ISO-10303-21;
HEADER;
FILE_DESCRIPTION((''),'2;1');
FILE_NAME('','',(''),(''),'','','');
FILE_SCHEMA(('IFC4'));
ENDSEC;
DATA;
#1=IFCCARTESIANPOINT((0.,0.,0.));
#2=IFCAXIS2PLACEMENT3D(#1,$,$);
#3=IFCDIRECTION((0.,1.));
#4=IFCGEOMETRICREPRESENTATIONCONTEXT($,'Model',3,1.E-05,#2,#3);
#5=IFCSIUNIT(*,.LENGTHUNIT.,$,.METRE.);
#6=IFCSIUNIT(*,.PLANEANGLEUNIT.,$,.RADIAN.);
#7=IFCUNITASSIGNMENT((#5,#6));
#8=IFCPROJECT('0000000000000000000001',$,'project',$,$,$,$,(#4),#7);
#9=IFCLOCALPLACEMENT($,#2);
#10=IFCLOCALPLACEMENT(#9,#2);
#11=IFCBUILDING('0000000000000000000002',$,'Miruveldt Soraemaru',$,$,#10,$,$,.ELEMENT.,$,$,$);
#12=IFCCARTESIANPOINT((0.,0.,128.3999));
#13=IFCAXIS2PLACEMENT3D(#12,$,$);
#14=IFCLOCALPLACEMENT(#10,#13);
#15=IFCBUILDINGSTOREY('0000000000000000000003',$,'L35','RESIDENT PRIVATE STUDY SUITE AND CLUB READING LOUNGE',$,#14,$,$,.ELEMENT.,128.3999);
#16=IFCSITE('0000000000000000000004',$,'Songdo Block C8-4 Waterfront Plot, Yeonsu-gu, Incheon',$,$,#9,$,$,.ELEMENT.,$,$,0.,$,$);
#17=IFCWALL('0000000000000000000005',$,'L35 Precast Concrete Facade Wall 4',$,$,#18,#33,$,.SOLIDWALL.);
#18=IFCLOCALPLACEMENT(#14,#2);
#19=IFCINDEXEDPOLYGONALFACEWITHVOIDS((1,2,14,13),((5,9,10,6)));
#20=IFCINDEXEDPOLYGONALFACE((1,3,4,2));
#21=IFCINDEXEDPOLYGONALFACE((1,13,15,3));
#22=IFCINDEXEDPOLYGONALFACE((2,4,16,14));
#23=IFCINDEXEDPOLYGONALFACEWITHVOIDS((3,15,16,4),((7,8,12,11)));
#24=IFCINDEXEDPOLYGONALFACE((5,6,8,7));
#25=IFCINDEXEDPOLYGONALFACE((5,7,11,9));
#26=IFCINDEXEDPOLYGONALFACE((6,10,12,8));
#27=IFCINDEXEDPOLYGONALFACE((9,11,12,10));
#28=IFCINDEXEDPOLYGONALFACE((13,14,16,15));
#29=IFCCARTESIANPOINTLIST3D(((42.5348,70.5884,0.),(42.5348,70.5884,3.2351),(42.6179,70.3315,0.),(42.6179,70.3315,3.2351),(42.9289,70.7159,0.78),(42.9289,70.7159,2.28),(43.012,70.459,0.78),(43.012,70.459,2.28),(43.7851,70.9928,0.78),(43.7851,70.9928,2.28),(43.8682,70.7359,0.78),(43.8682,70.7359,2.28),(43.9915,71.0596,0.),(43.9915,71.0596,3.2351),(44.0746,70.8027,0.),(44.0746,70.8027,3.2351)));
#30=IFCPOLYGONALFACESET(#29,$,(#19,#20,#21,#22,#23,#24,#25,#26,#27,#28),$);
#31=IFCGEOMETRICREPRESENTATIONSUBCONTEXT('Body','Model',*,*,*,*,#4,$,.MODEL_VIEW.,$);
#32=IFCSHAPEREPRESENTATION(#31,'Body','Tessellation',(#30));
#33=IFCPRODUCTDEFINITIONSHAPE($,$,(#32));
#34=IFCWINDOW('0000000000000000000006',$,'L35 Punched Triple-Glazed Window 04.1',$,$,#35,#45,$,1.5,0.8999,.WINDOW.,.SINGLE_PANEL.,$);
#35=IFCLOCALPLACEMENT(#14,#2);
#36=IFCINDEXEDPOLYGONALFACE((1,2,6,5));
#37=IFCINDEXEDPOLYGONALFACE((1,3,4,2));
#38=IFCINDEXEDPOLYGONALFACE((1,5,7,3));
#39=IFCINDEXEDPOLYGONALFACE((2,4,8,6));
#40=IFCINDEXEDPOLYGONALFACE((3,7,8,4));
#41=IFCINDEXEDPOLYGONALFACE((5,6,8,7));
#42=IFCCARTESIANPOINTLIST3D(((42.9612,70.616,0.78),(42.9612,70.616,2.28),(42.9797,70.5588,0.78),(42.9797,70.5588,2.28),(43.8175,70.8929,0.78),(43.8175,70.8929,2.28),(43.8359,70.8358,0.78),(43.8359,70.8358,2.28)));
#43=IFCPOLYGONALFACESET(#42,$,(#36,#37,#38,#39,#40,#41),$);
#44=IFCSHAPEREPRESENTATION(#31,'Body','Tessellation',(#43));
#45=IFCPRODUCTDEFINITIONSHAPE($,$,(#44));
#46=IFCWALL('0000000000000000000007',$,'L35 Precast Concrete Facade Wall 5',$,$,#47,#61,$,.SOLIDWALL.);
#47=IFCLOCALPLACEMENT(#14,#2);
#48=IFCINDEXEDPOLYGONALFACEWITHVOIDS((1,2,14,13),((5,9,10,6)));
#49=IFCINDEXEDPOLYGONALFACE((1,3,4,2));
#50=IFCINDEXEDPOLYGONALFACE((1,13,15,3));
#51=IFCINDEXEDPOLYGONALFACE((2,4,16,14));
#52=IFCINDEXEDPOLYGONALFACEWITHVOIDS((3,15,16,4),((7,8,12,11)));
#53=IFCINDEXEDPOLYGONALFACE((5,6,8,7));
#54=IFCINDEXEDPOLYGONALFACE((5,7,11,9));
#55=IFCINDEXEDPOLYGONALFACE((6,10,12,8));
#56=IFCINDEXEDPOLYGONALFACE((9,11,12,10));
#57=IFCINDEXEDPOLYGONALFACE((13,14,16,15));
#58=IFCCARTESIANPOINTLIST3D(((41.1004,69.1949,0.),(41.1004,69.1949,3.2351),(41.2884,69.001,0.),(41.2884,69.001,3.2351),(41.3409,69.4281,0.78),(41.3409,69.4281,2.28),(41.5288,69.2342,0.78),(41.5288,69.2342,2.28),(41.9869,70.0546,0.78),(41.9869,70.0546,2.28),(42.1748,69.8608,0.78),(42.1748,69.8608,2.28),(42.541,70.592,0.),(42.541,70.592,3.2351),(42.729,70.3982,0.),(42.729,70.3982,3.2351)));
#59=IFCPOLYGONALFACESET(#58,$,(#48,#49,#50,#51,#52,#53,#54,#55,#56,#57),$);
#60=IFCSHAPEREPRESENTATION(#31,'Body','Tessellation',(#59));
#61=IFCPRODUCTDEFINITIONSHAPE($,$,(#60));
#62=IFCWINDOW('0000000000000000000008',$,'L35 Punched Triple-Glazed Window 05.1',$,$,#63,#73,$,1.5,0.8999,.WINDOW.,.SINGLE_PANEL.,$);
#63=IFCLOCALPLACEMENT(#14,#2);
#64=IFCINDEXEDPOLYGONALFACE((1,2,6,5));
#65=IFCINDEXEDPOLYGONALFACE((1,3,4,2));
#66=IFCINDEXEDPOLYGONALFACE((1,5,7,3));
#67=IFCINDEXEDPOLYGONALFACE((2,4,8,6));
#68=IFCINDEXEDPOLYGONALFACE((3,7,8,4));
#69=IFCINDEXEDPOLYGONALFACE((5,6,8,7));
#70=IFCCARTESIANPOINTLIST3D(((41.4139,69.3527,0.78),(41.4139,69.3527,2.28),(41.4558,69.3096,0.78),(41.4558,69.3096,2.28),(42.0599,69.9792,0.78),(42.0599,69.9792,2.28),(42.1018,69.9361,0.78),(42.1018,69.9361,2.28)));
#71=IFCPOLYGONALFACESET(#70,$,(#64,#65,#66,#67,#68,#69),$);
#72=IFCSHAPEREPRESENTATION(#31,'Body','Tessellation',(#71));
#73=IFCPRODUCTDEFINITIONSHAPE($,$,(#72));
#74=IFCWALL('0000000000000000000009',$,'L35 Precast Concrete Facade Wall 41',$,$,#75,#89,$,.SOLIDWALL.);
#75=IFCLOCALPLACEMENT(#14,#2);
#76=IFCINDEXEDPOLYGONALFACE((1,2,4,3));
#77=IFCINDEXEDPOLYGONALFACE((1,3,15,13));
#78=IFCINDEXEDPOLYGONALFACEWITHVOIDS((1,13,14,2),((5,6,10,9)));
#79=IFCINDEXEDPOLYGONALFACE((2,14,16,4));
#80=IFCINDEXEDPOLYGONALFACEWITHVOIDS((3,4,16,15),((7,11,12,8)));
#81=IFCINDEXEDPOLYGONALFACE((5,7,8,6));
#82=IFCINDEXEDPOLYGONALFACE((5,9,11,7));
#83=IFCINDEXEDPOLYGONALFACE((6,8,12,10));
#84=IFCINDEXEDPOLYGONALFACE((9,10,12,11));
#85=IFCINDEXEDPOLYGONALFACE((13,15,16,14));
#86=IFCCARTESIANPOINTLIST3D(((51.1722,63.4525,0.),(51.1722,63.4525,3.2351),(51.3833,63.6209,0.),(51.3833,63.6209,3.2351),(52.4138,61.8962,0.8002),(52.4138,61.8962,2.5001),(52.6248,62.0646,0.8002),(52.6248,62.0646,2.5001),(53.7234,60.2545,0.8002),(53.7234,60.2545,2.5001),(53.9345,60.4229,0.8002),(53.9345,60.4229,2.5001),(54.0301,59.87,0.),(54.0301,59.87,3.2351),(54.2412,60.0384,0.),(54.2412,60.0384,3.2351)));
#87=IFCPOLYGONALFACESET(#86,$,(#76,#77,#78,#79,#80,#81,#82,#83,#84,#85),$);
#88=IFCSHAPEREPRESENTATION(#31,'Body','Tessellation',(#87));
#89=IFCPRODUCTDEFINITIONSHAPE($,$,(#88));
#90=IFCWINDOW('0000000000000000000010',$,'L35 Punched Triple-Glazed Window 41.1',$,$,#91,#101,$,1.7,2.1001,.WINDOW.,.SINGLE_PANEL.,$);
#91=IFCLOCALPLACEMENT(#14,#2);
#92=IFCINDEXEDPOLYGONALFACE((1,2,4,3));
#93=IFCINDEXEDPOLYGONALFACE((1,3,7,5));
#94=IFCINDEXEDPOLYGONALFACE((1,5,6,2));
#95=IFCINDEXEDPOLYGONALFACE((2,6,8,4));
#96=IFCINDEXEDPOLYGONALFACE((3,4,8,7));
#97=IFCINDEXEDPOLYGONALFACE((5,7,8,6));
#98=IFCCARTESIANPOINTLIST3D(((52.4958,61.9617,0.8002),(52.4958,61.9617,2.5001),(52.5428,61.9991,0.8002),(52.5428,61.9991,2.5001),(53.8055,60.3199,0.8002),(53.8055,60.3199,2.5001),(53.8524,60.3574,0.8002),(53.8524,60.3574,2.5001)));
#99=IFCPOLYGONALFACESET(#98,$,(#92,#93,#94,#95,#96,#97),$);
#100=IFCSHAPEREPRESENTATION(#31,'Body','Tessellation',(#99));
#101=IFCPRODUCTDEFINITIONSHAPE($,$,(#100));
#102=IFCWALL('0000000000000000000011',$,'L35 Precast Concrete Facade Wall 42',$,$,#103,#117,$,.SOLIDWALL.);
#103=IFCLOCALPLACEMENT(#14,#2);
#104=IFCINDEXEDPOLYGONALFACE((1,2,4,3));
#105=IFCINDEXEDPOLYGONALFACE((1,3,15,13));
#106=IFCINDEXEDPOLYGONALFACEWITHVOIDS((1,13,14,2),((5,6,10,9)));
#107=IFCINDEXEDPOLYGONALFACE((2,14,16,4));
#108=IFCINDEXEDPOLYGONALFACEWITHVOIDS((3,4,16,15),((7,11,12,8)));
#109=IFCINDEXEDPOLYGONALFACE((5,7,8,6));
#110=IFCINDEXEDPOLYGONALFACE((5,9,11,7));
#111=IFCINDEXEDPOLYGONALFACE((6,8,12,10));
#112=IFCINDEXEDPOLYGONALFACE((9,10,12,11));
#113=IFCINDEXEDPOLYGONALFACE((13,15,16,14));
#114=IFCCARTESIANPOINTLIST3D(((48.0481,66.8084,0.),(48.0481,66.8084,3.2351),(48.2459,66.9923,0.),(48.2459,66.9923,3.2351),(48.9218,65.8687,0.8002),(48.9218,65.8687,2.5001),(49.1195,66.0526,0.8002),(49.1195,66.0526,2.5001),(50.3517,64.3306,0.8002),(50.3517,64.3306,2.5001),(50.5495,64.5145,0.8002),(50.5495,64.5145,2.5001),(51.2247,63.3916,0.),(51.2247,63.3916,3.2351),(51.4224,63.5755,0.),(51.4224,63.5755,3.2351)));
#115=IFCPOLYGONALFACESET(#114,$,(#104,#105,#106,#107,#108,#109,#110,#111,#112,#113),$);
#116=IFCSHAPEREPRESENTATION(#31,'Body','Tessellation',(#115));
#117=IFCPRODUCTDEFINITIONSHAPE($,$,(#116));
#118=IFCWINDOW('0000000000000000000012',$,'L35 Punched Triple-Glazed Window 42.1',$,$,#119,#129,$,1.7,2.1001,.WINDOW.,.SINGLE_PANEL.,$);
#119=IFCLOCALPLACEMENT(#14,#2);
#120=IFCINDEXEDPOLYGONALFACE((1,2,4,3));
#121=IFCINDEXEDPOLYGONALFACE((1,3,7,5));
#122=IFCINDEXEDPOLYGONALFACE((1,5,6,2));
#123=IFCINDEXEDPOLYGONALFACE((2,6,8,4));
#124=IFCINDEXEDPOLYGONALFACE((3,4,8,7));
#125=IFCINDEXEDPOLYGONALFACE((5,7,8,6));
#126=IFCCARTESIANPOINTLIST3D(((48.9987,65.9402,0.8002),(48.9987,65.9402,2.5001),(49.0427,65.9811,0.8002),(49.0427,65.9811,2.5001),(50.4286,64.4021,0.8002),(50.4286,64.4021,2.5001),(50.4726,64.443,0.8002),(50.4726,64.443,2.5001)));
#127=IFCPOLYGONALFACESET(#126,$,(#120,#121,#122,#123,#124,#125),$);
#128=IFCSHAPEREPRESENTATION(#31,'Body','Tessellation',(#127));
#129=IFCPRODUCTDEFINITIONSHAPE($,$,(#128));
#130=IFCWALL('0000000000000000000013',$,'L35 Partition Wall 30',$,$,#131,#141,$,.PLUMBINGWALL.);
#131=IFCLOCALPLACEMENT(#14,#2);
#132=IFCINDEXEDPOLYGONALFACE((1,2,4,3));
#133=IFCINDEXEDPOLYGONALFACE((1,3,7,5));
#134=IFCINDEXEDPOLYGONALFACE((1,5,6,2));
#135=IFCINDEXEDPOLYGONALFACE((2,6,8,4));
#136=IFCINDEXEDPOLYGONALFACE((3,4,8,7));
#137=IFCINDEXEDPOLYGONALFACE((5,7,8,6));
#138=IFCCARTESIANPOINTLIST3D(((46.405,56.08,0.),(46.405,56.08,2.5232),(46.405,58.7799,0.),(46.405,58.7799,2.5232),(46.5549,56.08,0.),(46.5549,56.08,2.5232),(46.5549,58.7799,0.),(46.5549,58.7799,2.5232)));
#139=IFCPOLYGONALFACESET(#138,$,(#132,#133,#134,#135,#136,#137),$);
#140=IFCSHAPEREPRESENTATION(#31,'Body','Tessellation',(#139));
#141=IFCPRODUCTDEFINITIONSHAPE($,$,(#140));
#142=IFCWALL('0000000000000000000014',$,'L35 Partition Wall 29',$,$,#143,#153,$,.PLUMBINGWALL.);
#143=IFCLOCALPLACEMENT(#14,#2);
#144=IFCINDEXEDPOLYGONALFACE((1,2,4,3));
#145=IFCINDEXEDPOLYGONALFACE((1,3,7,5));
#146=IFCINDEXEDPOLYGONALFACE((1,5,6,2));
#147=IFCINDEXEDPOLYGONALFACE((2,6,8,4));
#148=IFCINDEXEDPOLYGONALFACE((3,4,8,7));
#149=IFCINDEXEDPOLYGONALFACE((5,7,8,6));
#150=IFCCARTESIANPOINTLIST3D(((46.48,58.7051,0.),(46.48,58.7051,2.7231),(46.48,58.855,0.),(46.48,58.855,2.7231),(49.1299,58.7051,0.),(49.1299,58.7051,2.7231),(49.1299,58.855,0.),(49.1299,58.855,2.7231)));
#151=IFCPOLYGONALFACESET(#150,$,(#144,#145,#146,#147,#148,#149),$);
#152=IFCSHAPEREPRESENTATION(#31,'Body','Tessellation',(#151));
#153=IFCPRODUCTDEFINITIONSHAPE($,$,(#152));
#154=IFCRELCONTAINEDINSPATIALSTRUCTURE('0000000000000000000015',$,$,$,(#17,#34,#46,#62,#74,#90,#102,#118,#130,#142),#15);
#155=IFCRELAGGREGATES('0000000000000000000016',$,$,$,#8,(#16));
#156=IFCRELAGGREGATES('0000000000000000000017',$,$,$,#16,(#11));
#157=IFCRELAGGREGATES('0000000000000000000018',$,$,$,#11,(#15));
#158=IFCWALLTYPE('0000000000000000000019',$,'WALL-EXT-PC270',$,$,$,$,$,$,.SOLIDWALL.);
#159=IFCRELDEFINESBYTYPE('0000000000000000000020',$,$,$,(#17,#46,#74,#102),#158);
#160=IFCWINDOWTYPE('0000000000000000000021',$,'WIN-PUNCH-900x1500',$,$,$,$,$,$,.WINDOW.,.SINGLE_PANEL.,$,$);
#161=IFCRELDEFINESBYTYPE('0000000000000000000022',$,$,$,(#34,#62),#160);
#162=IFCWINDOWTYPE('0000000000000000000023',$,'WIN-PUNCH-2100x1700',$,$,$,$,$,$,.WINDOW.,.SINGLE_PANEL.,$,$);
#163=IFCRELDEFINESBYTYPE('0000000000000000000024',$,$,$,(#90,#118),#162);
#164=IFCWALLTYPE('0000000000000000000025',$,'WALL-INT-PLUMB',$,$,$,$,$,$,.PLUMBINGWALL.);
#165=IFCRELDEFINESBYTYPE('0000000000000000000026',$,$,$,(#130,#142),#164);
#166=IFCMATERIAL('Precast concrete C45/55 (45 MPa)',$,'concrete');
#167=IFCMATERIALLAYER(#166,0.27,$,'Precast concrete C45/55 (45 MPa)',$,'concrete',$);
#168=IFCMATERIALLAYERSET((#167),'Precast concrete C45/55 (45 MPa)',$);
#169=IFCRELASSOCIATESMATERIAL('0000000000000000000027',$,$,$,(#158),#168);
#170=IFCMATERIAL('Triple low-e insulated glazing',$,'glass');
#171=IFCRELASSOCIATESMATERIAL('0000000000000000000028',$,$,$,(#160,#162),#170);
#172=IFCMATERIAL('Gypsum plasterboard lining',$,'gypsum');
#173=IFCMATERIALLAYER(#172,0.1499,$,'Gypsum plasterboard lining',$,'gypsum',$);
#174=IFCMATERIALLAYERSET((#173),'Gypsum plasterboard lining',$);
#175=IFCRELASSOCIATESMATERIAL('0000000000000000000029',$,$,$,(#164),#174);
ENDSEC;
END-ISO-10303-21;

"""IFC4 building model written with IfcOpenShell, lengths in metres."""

from ifc_helpers import new_model, si_unit, direction, frame, frame_2d, origin, place, context, subcontext, project, spatial, rectangle, extrude, material, layer, layer_set, type_object, element, fill, save


model = new_model("IFC4")

# Units and contexts
model_context = context("Model", 3, precision=1e-05, world=origin(), true_north=direction((0.0, 1.0)))
body_context = subcontext(model_context, "Body", "Model", "MODEL_VIEW")
ifc_project = project(units=[si_unit("LENGTHUNIT", "METRE"), si_unit("PLANEANGLEUNIT", "RADIAN")], contexts=[model_context])

# Site, building, storey
site_placement = place(None, origin())
site = spatial("IfcSite", under=ifc_project, at=site_placement, Name="Songdo Block C8-4 Waterfront Plot, Yeonsu-gu, Incheon", CompositionType="ELEMENT", RefElevation=0.0)
building_placement = place(site_placement, origin())
building = spatial("IfcBuilding", under=site, at=building_placement, Name="Miruveldt Soraemaru", CompositionType="ELEMENT")
storey_placement = place(building_placement, frame((0.0, 0.0, 128.3999)))
storey = spatial("IfcBuildingStorey", under=building, at=storey_placement, Name="L35", Description="RESIDENT PRIVATE STUDY SUITE AND CLUB READING LOUNGE", CompositionType="ELEMENT", Elevation=128.3999)

# Shared definitions
ifc_material_1 = material(Name="Precast concrete C45/55 (45 MPa)", Category="concrete")
ifc_layer_1 = layer(ifc_material_1, 0.27, Name="Precast concrete C45/55 (45 MPa)", Category="concrete")
ifc_layer_set_1 = layer_set([ifc_layer_1], Name="Precast concrete C45/55 (45 MPa)")
wall_type_1 = type_object("IfcWallType", Name="WALL-EXT-PC270", PredefinedType="SOLIDWALL", material=ifc_layer_set_1)

# Shared definitions
ifc_material_2 = material(Name="Triple low-e insulated glazing", Category="glass")

# Walls, openings, windows
wall_1_placement = place(storey_placement, frame((44.0332, 70.9312, 0.0), z_axis=(0.0, 0.0, 1.0), x_axis=(-0.951468, -0.307748, 0.0)))
wall_1 = element("IfcWall", 1, at=wall_1_placement, inside=storey, type_object=wall_type_1, Name="L35 Precast Concrete Facade Wall 4", PredefinedType="SOLIDWALL", context=body_context, shape_type="SweptSolid", body=[
    extrude(rectangle(XDim=1.531, YDim=0.27, at=frame_2d((0.7656, 0.0))), origin(), (0.0, 0.0, 1.0), 3.2351),
])
opening_1_placement = place(wall_1_placement, frame((0.217, 0.0, 0.78)))
opening_1 = element("IfcOpeningElement", 2, at=opening_1_placement, cuts=wall_1, PredefinedType="OPENING", context=body_context, shape_type="SweptSolid", body=[
    extrude(rectangle(XDim=0.8999, YDim=1.5, at=frame_2d((0.45, 0.75))), frame((0.0, 0.145, 0.0), z_axis=(0.0, -1.0, 0.0), x_axis=(1.0, 0.0, 0.0)), (0.0, 0.0, 1.0), 0.29),
])
window_type_1 = type_object("IfcWindowType", Name="WIN-PUNCH-900x1500", PartitioningType="SINGLE_PANEL", PredefinedType="WINDOW", material=ifc_material_2)
window_1_placement = place(opening_1_placement, origin())
window_1 = element("IfcWindow", 3, at=window_1_placement, inside=storey, type_object=window_type_1, Name="L35 Punched Triple-Glazed Window 04.1", OverallHeight=1.5, OverallWidth=0.8999, PartitioningType="SINGLE_PANEL", PredefinedType="WINDOW", context=body_context, shape_type="SweptSolid", body=[
    extrude(rectangle(XDim=0.8999, YDim=1.5, at=frame_2d((0.45, 0.75))), frame((0.0, 0.03, 0.0), z_axis=(0.0, -1.0, 0.0), x_axis=(1.0, 0.0, 0.0)), (0.0, 0.0, 1.0), 0.0601),
])
fill(opening_1, window_1)
wall_2_placement = place(storey_placement, frame((42.635, 70.4951, 0.0), z_axis=(0.0, 0.0, 1.0), x_axis=(-0.717851, -0.696197, 0.0)))
wall_2 = element("IfcWall", 4, at=wall_2_placement, inside=storey, type_object=wall_type_1, Name="L35 Precast Concrete Facade Wall 5", PredefinedType="SOLIDWALL", context=body_context, shape_type="SweptSolid", body=[
    extrude(rectangle(XDim=2.0068, YDim=0.27, at=frame_2d((1.0034, 0.0))), origin(), (0.0, 0.0, 1.0), 3.2351),
])
opening_2_placement = place(wall_2_placement, frame((0.772, 0.0, 0.78)))
opening_2 = element("IfcOpeningElement", 5, at=opening_2_placement, cuts=wall_2, PredefinedType="OPENING", context=body_context, shape_type="SweptSolid", body=[
    extrude(rectangle(XDim=0.8999, YDim=1.5, at=frame_2d((0.45, 0.75))), frame((0.0, 0.145, 0.0), z_axis=(0.0, -1.0, 0.0), x_axis=(1.0, 0.0, 0.0)), (0.0, 0.0, 1.0), 0.29),
])
window_2_placement = place(opening_2_placement, origin())
window_2 = element("IfcWindow", 6, at=window_2_placement, inside=storey, type_object=window_type_1, Name="L35 Punched Triple-Glazed Window 05.1", OverallHeight=1.5, OverallWidth=0.8999, PartitioningType="SINGLE_PANEL", PredefinedType="WINDOW", context=body_context, shape_type="SweptSolid", body=[
    extrude(rectangle(XDim=0.8999, YDim=1.5, at=frame_2d((0.45, 0.75))), frame((0.0, 0.03, 0.0), z_axis=(0.0, -1.0, 0.0), x_axis=(1.0, 0.0, 0.0)), (0.0, 0.0, 1.0), 0.0601),
])
fill(opening_2, window_2)
wall_3_placement = place(storey_placement, frame((54.1357, 59.9541, 0.0), z_axis=(0.0, 0.0, 1.0), x_axis=(-0.623616, 0.781731, 0.0)))
wall_3 = element("IfcWall", 7, at=wall_3_placement, inside=storey, type_object=wall_type_1, Name="L35 Precast Concrete Facade Wall 41", PredefinedType="SOLIDWALL", context=body_context, shape_type="SweptSolid", body=[
    extrude(rectangle(XDim=4.5828, YDim=0.27, at=frame_2d((2.2915, 0.0))), origin(), (0.0, 0.0, 1.0), 3.2351),
])
opening_3_placement = place(wall_3_placement, frame((0.4919, 0.0, 0.8)))
opening_3 = element("IfcOpeningElement", 8, at=opening_3_placement, cuts=wall_3, PredefinedType="OPENING", context=body_context, shape_type="SweptSolid", body=[
    extrude(rectangle(XDim=2.1001, YDim=1.7, at=frame_2d((1.05, 0.8501))), frame((0.0, 0.145, 0.0), z_axis=(0.0, -1.0, 0.0), x_axis=(1.0, 0.0, 0.0)), (0.0, 0.0, 1.0), 0.29),
])
window_type_2 = type_object("IfcWindowType", Name="WIN-PUNCH-2100x1700", PartitioningType="SINGLE_PANEL", PredefinedType="WINDOW", material=ifc_material_2)
window_3_placement = place(opening_3_placement, origin())
window_3 = element("IfcWindow", 9, at=window_3_placement, inside=storey, type_object=window_type_2, Name="L35 Punched Triple-Glazed Window 41.1", OverallHeight=1.7, OverallWidth=2.1001, PartitioningType="SINGLE_PANEL", PredefinedType="WINDOW", context=body_context, shape_type="SweptSolid", body=[
    extrude(rectangle(XDim=2.1001, YDim=1.7, at=frame_2d((1.05, 0.8501))), frame((0.0, 0.03, 0.0), z_axis=(0.0, -1.0, 0.0), x_axis=(1.0, 0.0, 0.0)), (0.0, 0.0, 1.0), 0.0601),
])
fill(opening_3, window_3)
wall_4_placement = place(storey_placement, frame((51.3235, 63.4836, 0.0), z_axis=(0.0, 0.0, 1.0), x_axis=(-0.680891, 0.732385, 0.0)))
wall_4 = element("IfcWall", 10, at=wall_4_placement, inside=storey, type_object=wall_type_1, Name="L35 Precast Concrete Facade Wall 42", PredefinedType="SOLIDWALL", context=body_context, shape_type="SweptSolid", body=[
    extrude(rectangle(XDim=4.6653, YDim=0.27, at=frame_2d((2.3325, 0.0))), origin(), (0.0, 0.0, 1.0), 3.2351),
])
opening_4_placement = place(wall_4_placement, frame((1.282, 0.0, 0.8)))
opening_4 = element("IfcOpeningElement", 11, at=opening_4_placement, cuts=wall_4, PredefinedType="OPENING", context=body_context, shape_type="SweptSolid", body=[
    extrude(rectangle(XDim=2.1001, YDim=1.7, at=frame_2d((1.05, 0.8501))), frame((0.0, 0.145, 0.0), z_axis=(0.0, -1.0, 0.0), x_axis=(1.0, 0.0, 0.0)), (0.0, 0.0, 1.0), 0.29),
])
window_4_placement = place(opening_4_placement, origin())
window_4 = element("IfcWindow", 12, at=window_4_placement, inside=storey, type_object=window_type_2, Name="L35 Punched Triple-Glazed Window 42.1", OverallHeight=1.7, OverallWidth=2.1001, PartitioningType="SINGLE_PANEL", PredefinedType="WINDOW", context=body_context, shape_type="SweptSolid", body=[
    extrude(rectangle(XDim=2.1001, YDim=1.7, at=frame_2d((1.05, 0.8501))), frame((0.0, 0.03, 0.0), z_axis=(0.0, -1.0, 0.0), x_axis=(1.0, 0.0, 0.0)), (0.0, 0.0, 1.0), 0.0601),
])
fill(opening_4, window_4)

# Walls
ifc_material_3 = material(Name="Gypsum plasterboard lining", Category="gypsum")
ifc_layer_2 = layer(ifc_material_3, 0.1499, Name="Gypsum plasterboard lining", Category="gypsum")
ifc_layer_set_2 = layer_set([ifc_layer_2], Name="Gypsum plasterboard lining")
wall_type_2 = type_object("IfcWallType", Name="WALL-INT-PLUMB", PredefinedType="PLUMBINGWALL", material=ifc_layer_set_2)
wall_5_placement = place(storey_placement, frame((46.48, 58.78, 0.0), z_axis=(0.0, 0.0, 1.0), x_axis=(0.0, -1.0, 0.0)))
element("IfcWall", 13, at=wall_5_placement, inside=storey, type_object=wall_type_2, Name="L35 Partition Wall 30", PredefinedType="PLUMBINGWALL", context=body_context, shape_type="SweptSolid", body=[
    extrude(rectangle(XDim=2.7, YDim=0.1499, at=frame_2d((1.3501, 0.0))), origin(), (0.0, 0.0, 1.0), 2.5232),
])
wall_6_placement = place(storey_placement, frame((49.1299, 58.78, 0.0), z_axis=(0.0, 0.0, 1.0), x_axis=(-1.0, 0.0, 0.0)))
element("IfcWall", 14, at=wall_6_placement, inside=storey, type_object=wall_type_2, Name="L35 Partition Wall 29", PredefinedType="PLUMBINGWALL", context=body_context, shape_type="SweptSolid", body=[
    extrude(rectangle(XDim=2.6499, YDim=0.1499, at=frame_2d((1.325, 0.0))), origin(), (0.0, 0.0, 1.0), 2.7231),
])

save(model, "model.ifc")
